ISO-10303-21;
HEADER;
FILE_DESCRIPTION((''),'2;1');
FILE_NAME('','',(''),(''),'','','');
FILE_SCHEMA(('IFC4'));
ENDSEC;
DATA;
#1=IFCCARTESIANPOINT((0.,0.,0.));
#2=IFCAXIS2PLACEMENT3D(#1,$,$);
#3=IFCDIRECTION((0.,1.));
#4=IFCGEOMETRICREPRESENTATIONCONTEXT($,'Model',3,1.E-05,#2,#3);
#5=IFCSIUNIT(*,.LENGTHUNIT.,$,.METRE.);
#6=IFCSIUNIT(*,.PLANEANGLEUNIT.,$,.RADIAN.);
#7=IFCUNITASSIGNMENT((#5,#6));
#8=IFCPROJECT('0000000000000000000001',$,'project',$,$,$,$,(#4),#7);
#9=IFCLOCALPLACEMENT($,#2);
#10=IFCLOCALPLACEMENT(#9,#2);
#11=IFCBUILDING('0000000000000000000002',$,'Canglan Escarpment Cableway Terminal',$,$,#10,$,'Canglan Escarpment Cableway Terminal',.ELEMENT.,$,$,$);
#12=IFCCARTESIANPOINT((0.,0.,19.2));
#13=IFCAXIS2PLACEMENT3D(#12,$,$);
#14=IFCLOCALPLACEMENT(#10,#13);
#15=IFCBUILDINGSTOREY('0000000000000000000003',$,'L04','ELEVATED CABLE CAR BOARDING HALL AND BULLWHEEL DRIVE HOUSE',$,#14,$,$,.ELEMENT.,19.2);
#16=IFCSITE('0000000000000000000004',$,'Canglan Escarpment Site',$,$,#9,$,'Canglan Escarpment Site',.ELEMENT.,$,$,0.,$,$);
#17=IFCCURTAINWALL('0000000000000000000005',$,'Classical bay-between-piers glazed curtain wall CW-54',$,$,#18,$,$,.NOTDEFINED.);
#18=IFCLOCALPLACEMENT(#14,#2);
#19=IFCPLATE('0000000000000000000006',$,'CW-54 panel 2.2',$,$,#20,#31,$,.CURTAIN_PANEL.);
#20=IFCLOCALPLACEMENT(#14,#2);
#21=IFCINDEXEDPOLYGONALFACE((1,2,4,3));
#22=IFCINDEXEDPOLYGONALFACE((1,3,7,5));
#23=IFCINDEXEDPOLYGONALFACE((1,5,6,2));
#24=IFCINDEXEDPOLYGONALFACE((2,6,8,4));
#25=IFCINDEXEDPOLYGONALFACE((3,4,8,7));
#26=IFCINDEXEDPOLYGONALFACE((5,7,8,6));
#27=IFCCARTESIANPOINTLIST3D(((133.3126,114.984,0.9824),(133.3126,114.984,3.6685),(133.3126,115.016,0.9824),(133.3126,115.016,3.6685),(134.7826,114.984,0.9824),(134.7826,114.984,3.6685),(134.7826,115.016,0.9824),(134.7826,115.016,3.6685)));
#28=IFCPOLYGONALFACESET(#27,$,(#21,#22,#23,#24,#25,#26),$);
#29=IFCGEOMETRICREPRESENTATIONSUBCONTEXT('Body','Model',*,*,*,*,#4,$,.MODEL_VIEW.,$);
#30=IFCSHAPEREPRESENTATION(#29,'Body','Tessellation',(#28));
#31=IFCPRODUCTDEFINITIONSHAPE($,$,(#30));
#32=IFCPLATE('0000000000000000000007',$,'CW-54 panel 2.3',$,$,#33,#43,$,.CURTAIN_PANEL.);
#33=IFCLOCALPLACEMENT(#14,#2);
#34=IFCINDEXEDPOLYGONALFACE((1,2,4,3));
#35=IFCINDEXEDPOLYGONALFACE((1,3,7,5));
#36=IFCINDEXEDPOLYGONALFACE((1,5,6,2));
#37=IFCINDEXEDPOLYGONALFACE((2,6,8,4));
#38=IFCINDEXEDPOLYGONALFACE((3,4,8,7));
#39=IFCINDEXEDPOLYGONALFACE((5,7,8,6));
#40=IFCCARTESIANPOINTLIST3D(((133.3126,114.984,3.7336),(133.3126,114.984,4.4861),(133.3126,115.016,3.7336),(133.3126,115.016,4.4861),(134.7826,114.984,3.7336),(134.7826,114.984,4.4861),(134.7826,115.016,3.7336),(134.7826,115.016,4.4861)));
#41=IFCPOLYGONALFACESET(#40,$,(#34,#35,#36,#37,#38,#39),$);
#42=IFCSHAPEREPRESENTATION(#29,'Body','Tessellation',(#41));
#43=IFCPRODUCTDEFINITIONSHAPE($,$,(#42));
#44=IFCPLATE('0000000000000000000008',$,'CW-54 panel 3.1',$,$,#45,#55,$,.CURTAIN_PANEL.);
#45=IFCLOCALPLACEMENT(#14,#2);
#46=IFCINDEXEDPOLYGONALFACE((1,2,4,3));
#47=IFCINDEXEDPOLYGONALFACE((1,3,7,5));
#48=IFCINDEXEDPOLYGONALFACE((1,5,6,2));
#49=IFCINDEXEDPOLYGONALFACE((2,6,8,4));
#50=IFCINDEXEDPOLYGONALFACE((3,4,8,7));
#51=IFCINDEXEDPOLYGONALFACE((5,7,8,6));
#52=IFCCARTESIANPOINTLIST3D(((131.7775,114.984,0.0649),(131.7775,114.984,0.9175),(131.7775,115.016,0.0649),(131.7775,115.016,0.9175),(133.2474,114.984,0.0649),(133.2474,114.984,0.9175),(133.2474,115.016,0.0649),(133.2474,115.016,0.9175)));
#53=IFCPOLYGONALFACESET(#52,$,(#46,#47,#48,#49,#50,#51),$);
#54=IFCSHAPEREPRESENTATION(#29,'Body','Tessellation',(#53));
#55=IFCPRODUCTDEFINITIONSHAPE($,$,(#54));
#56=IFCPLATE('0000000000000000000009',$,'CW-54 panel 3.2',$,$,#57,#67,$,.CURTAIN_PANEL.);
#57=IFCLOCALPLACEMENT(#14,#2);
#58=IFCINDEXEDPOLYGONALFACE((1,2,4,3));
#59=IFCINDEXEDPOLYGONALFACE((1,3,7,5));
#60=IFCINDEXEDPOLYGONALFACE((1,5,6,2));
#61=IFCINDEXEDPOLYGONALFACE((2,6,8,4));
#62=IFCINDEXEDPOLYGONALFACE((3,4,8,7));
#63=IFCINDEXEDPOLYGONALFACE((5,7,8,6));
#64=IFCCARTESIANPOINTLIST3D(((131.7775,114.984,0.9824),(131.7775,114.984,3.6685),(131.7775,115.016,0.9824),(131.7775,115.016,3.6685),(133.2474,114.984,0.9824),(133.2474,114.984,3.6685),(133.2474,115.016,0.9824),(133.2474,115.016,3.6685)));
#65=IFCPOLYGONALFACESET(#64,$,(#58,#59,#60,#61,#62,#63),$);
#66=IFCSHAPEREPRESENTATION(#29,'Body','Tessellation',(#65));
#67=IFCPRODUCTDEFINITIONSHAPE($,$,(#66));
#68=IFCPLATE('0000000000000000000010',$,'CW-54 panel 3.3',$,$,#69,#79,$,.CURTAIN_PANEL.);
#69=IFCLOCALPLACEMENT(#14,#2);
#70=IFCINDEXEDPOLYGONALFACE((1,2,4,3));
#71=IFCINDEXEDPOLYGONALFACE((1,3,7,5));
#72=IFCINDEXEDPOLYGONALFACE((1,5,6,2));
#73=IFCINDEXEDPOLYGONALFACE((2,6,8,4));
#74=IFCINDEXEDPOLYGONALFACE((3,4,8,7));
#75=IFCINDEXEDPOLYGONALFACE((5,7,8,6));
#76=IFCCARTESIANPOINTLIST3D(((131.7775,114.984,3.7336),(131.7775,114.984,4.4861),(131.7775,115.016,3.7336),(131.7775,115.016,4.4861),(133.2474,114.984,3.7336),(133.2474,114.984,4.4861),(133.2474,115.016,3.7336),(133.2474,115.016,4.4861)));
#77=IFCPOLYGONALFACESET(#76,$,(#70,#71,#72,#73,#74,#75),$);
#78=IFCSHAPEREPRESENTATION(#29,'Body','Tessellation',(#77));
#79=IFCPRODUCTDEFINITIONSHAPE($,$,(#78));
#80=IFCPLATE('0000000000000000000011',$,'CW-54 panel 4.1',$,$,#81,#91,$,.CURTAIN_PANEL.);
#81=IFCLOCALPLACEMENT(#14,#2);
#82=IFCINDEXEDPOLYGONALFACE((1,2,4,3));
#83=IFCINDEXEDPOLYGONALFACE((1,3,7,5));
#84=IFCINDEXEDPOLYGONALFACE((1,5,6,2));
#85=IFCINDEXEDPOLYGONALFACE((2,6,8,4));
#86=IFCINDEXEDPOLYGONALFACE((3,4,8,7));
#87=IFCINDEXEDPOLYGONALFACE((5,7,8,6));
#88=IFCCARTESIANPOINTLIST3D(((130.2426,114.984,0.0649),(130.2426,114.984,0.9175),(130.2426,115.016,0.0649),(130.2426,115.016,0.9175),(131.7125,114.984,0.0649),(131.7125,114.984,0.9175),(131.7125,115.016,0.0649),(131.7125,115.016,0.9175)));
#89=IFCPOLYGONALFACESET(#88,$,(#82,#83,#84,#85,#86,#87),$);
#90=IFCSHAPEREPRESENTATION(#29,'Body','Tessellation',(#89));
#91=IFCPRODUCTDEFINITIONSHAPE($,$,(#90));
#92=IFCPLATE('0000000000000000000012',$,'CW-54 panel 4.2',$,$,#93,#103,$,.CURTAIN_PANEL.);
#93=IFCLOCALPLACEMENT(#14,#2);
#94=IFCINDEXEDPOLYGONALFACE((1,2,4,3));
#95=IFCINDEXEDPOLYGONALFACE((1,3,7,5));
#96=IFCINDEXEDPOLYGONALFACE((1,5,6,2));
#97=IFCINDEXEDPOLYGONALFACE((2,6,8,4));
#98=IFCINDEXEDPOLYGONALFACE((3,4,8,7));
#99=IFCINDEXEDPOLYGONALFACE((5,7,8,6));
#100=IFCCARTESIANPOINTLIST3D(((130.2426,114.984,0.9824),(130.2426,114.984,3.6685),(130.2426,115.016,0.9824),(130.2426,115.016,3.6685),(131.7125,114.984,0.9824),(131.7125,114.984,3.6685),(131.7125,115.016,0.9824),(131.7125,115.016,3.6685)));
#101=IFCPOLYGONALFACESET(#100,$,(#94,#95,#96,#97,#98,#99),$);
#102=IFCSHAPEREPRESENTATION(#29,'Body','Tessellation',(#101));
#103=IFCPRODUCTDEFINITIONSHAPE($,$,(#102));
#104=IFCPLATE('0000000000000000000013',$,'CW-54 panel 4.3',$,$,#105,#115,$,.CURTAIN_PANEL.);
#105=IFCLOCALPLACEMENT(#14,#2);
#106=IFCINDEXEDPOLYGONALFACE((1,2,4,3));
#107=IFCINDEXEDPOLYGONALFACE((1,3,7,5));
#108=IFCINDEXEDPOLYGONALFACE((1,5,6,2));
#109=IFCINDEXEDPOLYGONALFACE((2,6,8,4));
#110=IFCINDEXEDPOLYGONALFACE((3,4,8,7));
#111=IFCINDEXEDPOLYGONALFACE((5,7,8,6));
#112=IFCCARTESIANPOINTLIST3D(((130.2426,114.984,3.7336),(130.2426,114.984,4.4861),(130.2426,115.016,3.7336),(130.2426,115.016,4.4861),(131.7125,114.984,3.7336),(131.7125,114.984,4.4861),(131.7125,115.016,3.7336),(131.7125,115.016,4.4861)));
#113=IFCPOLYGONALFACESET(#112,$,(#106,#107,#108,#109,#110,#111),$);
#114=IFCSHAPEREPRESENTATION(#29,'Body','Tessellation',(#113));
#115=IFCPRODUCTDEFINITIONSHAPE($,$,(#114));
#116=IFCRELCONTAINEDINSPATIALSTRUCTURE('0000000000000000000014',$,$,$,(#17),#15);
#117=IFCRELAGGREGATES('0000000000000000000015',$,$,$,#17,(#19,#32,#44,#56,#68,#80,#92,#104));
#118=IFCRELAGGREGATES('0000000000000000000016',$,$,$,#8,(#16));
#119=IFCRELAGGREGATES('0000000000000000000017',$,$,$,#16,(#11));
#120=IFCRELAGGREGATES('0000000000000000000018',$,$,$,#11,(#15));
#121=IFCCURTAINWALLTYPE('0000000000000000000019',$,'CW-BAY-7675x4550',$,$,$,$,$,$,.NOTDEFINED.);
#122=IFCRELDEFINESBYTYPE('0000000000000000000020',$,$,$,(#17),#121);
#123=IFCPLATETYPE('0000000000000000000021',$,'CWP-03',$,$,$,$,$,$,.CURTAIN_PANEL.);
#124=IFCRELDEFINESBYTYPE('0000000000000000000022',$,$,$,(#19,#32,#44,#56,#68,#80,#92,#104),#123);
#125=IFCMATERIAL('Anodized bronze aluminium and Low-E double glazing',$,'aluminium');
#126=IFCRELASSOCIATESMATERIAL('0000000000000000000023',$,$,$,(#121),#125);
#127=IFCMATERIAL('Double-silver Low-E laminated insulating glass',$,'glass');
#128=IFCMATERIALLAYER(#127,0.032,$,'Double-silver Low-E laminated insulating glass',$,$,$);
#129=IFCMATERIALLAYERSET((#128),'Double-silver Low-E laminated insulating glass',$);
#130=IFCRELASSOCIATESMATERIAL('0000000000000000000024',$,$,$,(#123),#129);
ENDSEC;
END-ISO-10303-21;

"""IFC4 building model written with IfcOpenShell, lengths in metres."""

from ifc_helpers import new_model, si_unit, direction, frame, origin, origin_2d, place, context, subcontext, project, spatial, rectangle, extrude, material, layer, layer_set, type_object, element, aggregate, save


model = new_model("IFC4")

# Units and contexts
model_context = context("Model", 3, precision=1e-05, world=origin(), true_north=direction((0.0, 1.0)))
body_context = subcontext(model_context, "Body", "Model", "MODEL_VIEW")
ifc_project = project(units=[si_unit("LENGTHUNIT", "METRE"), si_unit("PLANEANGLEUNIT", "RADIAN")], contexts=[model_context])

# Site, building, storey
site_placement = place(None, origin())
site = spatial("IfcSite", under=ifc_project, at=site_placement, Name="Canglan Escarpment Site", LongName="Canglan Escarpment Site", CompositionType="ELEMENT", RefElevation=0.0)
building_placement = place(site_placement, origin())
building = spatial("IfcBuilding", under=site, at=building_placement, Name="Canglan Escarpment Cableway Terminal", LongName="Canglan Escarpment Cableway Terminal", CompositionType="ELEMENT")
storey_placement = place(building_placement, frame((0.0, 0.0, 19.2)))
storey = spatial("IfcBuildingStorey", under=building, at=storey_placement, Name="L04", Description="ELEVATED CABLE CAR BOARDING HALL AND BULLWHEEL DRIVE HOUSE", CompositionType="ELEMENT", Elevation=19.2)

# Curtain wall, plates
ifc_material_1 = material(Name="Anodized bronze aluminium and Low-E double glazing", Category="aluminium")
curtain_wall_type = type_object("IfcCurtainWallType", Name="CW-BAY-7675x4550", PredefinedType="NOTDEFINED", material=ifc_material_1)
curtain_wall_placement = place(storey_placement, origin())
curtain_wall = element("IfcCurtainWall", 1, at=curtain_wall_placement, inside=storey, type_object=curtain_wall_type, Name="Classical bay-between-piers glazed curtain wall CW-54", PredefinedType="NOTDEFINED")
ifc_material_2 = material(Name="Double-silver Low-E laminated insulating glass", Category="glass")
ifc_layer = layer(ifc_material_2, 0.032, Name="Double-silver Low-E laminated insulating glass")
ifc_layer_set = layer_set([ifc_layer], Name="Double-silver Low-E laminated insulating glass")
plate_type = type_object("IfcPlateType", Name="CWP-03", PredefinedType="CURTAIN_PANEL", material=ifc_layer_set)
plate_1_placement = place(storey_placement, frame((134.0476, 115.0, 0.9824), z_axis=(0.0, 0.0, 1.0), x_axis=(-1.0, 0.0, 0.0)))
plate_1 = element("IfcPlate", 2, at=plate_1_placement, type_object=plate_type, Name="CW-54 panel 2.2", PredefinedType="CURTAIN_PANEL", context=body_context, shape_type="SweptSolid", body=[
    extrude(rectangle(XDim=1.47, YDim=0.032, at=origin_2d()), origin(), (0.0, 0.0, 1.0), 2.686),
])
plate_2_placement = place(storey_placement, frame((134.0476, 115.0, 3.7336), z_axis=(0.0, 0.0, 1.0), x_axis=(-1.0, 0.0, 0.0)))
plate_2 = element("IfcPlate", 3, at=plate_2_placement, type_object=plate_type, Name="CW-54 panel 2.3", PredefinedType="CURTAIN_PANEL", context=body_context, shape_type="SweptSolid", body=[
    extrude(rectangle(XDim=1.47, YDim=0.032, at=origin_2d()), origin(), (0.0, 0.0, 1.0), 0.7524),
])
plate_3_placement = place(storey_placement, frame((132.5125, 115.0, 0.0649), z_axis=(0.0, 0.0, 1.0), x_axis=(-1.0, 0.0, 0.0)))
plate_3 = element("IfcPlate", 4, at=plate_3_placement, type_object=plate_type, Name="CW-54 panel 3.1", PredefinedType="CURTAIN_PANEL", context=body_context, shape_type="SweptSolid", body=[
    extrude(rectangle(XDim=1.47, YDim=0.032, at=origin_2d()), origin(), (0.0, 0.0, 1.0), 0.8525),
])
plate_4_placement = place(storey_placement, frame((132.5125, 115.0, 0.9824), z_axis=(0.0, 0.0, 1.0), x_axis=(-1.0, 0.0, 0.0)))
plate_4 = element("IfcPlate", 5, at=plate_4_placement, type_object=plate_type, Name="CW-54 panel 3.2", PredefinedType="CURTAIN_PANEL", context=body_context, shape_type="SweptSolid", body=[
    extrude(rectangle(XDim=1.47, YDim=0.032, at=origin_2d()), origin(), (0.0, 0.0, 1.0), 2.686),
])
plate_5_placement = place(storey_placement, frame((132.5125, 115.0, 3.7336), z_axis=(0.0, 0.0, 1.0), x_axis=(-1.0, 0.0, 0.0)))
plate_5 = element("IfcPlate", 6, at=plate_5_placement, type_object=plate_type, Name="CW-54 panel 3.3", PredefinedType="CURTAIN_PANEL", context=body_context, shape_type="SweptSolid", body=[
    extrude(rectangle(XDim=1.47, YDim=0.032, at=origin_2d()), origin(), (0.0, 0.0, 1.0), 0.7524),
])
plate_6_placement = place(storey_placement, frame((130.9775, 115.0, 0.0649), z_axis=(0.0, 0.0, 1.0), x_axis=(-1.0, 0.0, 0.0)))
plate_6 = element("IfcPlate", 7, at=plate_6_placement, type_object=plate_type, Name="CW-54 panel 4.1", PredefinedType="CURTAIN_PANEL", context=body_context, shape_type="SweptSolid", body=[
    extrude(rectangle(XDim=1.47, YDim=0.032, at=origin_2d()), origin(), (0.0, 0.0, 1.0), 0.8525),
])
plate_7_placement = place(storey_placement, frame((130.9775, 115.0, 0.9824), z_axis=(0.0, 0.0, 1.0), x_axis=(-1.0, 0.0, 0.0)))
plate_7 = element("IfcPlate", 8, at=plate_7_placement, type_object=plate_type, Name="CW-54 panel 4.2", PredefinedType="CURTAIN_PANEL", context=body_context, shape_type="SweptSolid", body=[
    extrude(rectangle(XDim=1.47, YDim=0.032, at=origin_2d()), origin(), (0.0, 0.0, 1.0), 2.686),
])
plate_8_placement = place(storey_placement, frame((130.9775, 115.0, 3.7336), z_axis=(0.0, 0.0, 1.0), x_axis=(-1.0, 0.0, 0.0)))
plate_8 = element("IfcPlate", 9, at=plate_8_placement, type_object=plate_type, Name="CW-54 panel 4.3", PredefinedType="CURTAIN_PANEL", context=body_context, shape_type="SweptSolid", body=[
    extrude(rectangle(XDim=1.47, YDim=0.032, at=origin_2d()), origin(), (0.0, 0.0, 1.0), 0.7524),
])
aggregate(curtain_wall, [plate_1, plate_2, plate_3, plate_4, plate_5, plate_6, plate_7, plate_8])

save(model, "model.ifc")
